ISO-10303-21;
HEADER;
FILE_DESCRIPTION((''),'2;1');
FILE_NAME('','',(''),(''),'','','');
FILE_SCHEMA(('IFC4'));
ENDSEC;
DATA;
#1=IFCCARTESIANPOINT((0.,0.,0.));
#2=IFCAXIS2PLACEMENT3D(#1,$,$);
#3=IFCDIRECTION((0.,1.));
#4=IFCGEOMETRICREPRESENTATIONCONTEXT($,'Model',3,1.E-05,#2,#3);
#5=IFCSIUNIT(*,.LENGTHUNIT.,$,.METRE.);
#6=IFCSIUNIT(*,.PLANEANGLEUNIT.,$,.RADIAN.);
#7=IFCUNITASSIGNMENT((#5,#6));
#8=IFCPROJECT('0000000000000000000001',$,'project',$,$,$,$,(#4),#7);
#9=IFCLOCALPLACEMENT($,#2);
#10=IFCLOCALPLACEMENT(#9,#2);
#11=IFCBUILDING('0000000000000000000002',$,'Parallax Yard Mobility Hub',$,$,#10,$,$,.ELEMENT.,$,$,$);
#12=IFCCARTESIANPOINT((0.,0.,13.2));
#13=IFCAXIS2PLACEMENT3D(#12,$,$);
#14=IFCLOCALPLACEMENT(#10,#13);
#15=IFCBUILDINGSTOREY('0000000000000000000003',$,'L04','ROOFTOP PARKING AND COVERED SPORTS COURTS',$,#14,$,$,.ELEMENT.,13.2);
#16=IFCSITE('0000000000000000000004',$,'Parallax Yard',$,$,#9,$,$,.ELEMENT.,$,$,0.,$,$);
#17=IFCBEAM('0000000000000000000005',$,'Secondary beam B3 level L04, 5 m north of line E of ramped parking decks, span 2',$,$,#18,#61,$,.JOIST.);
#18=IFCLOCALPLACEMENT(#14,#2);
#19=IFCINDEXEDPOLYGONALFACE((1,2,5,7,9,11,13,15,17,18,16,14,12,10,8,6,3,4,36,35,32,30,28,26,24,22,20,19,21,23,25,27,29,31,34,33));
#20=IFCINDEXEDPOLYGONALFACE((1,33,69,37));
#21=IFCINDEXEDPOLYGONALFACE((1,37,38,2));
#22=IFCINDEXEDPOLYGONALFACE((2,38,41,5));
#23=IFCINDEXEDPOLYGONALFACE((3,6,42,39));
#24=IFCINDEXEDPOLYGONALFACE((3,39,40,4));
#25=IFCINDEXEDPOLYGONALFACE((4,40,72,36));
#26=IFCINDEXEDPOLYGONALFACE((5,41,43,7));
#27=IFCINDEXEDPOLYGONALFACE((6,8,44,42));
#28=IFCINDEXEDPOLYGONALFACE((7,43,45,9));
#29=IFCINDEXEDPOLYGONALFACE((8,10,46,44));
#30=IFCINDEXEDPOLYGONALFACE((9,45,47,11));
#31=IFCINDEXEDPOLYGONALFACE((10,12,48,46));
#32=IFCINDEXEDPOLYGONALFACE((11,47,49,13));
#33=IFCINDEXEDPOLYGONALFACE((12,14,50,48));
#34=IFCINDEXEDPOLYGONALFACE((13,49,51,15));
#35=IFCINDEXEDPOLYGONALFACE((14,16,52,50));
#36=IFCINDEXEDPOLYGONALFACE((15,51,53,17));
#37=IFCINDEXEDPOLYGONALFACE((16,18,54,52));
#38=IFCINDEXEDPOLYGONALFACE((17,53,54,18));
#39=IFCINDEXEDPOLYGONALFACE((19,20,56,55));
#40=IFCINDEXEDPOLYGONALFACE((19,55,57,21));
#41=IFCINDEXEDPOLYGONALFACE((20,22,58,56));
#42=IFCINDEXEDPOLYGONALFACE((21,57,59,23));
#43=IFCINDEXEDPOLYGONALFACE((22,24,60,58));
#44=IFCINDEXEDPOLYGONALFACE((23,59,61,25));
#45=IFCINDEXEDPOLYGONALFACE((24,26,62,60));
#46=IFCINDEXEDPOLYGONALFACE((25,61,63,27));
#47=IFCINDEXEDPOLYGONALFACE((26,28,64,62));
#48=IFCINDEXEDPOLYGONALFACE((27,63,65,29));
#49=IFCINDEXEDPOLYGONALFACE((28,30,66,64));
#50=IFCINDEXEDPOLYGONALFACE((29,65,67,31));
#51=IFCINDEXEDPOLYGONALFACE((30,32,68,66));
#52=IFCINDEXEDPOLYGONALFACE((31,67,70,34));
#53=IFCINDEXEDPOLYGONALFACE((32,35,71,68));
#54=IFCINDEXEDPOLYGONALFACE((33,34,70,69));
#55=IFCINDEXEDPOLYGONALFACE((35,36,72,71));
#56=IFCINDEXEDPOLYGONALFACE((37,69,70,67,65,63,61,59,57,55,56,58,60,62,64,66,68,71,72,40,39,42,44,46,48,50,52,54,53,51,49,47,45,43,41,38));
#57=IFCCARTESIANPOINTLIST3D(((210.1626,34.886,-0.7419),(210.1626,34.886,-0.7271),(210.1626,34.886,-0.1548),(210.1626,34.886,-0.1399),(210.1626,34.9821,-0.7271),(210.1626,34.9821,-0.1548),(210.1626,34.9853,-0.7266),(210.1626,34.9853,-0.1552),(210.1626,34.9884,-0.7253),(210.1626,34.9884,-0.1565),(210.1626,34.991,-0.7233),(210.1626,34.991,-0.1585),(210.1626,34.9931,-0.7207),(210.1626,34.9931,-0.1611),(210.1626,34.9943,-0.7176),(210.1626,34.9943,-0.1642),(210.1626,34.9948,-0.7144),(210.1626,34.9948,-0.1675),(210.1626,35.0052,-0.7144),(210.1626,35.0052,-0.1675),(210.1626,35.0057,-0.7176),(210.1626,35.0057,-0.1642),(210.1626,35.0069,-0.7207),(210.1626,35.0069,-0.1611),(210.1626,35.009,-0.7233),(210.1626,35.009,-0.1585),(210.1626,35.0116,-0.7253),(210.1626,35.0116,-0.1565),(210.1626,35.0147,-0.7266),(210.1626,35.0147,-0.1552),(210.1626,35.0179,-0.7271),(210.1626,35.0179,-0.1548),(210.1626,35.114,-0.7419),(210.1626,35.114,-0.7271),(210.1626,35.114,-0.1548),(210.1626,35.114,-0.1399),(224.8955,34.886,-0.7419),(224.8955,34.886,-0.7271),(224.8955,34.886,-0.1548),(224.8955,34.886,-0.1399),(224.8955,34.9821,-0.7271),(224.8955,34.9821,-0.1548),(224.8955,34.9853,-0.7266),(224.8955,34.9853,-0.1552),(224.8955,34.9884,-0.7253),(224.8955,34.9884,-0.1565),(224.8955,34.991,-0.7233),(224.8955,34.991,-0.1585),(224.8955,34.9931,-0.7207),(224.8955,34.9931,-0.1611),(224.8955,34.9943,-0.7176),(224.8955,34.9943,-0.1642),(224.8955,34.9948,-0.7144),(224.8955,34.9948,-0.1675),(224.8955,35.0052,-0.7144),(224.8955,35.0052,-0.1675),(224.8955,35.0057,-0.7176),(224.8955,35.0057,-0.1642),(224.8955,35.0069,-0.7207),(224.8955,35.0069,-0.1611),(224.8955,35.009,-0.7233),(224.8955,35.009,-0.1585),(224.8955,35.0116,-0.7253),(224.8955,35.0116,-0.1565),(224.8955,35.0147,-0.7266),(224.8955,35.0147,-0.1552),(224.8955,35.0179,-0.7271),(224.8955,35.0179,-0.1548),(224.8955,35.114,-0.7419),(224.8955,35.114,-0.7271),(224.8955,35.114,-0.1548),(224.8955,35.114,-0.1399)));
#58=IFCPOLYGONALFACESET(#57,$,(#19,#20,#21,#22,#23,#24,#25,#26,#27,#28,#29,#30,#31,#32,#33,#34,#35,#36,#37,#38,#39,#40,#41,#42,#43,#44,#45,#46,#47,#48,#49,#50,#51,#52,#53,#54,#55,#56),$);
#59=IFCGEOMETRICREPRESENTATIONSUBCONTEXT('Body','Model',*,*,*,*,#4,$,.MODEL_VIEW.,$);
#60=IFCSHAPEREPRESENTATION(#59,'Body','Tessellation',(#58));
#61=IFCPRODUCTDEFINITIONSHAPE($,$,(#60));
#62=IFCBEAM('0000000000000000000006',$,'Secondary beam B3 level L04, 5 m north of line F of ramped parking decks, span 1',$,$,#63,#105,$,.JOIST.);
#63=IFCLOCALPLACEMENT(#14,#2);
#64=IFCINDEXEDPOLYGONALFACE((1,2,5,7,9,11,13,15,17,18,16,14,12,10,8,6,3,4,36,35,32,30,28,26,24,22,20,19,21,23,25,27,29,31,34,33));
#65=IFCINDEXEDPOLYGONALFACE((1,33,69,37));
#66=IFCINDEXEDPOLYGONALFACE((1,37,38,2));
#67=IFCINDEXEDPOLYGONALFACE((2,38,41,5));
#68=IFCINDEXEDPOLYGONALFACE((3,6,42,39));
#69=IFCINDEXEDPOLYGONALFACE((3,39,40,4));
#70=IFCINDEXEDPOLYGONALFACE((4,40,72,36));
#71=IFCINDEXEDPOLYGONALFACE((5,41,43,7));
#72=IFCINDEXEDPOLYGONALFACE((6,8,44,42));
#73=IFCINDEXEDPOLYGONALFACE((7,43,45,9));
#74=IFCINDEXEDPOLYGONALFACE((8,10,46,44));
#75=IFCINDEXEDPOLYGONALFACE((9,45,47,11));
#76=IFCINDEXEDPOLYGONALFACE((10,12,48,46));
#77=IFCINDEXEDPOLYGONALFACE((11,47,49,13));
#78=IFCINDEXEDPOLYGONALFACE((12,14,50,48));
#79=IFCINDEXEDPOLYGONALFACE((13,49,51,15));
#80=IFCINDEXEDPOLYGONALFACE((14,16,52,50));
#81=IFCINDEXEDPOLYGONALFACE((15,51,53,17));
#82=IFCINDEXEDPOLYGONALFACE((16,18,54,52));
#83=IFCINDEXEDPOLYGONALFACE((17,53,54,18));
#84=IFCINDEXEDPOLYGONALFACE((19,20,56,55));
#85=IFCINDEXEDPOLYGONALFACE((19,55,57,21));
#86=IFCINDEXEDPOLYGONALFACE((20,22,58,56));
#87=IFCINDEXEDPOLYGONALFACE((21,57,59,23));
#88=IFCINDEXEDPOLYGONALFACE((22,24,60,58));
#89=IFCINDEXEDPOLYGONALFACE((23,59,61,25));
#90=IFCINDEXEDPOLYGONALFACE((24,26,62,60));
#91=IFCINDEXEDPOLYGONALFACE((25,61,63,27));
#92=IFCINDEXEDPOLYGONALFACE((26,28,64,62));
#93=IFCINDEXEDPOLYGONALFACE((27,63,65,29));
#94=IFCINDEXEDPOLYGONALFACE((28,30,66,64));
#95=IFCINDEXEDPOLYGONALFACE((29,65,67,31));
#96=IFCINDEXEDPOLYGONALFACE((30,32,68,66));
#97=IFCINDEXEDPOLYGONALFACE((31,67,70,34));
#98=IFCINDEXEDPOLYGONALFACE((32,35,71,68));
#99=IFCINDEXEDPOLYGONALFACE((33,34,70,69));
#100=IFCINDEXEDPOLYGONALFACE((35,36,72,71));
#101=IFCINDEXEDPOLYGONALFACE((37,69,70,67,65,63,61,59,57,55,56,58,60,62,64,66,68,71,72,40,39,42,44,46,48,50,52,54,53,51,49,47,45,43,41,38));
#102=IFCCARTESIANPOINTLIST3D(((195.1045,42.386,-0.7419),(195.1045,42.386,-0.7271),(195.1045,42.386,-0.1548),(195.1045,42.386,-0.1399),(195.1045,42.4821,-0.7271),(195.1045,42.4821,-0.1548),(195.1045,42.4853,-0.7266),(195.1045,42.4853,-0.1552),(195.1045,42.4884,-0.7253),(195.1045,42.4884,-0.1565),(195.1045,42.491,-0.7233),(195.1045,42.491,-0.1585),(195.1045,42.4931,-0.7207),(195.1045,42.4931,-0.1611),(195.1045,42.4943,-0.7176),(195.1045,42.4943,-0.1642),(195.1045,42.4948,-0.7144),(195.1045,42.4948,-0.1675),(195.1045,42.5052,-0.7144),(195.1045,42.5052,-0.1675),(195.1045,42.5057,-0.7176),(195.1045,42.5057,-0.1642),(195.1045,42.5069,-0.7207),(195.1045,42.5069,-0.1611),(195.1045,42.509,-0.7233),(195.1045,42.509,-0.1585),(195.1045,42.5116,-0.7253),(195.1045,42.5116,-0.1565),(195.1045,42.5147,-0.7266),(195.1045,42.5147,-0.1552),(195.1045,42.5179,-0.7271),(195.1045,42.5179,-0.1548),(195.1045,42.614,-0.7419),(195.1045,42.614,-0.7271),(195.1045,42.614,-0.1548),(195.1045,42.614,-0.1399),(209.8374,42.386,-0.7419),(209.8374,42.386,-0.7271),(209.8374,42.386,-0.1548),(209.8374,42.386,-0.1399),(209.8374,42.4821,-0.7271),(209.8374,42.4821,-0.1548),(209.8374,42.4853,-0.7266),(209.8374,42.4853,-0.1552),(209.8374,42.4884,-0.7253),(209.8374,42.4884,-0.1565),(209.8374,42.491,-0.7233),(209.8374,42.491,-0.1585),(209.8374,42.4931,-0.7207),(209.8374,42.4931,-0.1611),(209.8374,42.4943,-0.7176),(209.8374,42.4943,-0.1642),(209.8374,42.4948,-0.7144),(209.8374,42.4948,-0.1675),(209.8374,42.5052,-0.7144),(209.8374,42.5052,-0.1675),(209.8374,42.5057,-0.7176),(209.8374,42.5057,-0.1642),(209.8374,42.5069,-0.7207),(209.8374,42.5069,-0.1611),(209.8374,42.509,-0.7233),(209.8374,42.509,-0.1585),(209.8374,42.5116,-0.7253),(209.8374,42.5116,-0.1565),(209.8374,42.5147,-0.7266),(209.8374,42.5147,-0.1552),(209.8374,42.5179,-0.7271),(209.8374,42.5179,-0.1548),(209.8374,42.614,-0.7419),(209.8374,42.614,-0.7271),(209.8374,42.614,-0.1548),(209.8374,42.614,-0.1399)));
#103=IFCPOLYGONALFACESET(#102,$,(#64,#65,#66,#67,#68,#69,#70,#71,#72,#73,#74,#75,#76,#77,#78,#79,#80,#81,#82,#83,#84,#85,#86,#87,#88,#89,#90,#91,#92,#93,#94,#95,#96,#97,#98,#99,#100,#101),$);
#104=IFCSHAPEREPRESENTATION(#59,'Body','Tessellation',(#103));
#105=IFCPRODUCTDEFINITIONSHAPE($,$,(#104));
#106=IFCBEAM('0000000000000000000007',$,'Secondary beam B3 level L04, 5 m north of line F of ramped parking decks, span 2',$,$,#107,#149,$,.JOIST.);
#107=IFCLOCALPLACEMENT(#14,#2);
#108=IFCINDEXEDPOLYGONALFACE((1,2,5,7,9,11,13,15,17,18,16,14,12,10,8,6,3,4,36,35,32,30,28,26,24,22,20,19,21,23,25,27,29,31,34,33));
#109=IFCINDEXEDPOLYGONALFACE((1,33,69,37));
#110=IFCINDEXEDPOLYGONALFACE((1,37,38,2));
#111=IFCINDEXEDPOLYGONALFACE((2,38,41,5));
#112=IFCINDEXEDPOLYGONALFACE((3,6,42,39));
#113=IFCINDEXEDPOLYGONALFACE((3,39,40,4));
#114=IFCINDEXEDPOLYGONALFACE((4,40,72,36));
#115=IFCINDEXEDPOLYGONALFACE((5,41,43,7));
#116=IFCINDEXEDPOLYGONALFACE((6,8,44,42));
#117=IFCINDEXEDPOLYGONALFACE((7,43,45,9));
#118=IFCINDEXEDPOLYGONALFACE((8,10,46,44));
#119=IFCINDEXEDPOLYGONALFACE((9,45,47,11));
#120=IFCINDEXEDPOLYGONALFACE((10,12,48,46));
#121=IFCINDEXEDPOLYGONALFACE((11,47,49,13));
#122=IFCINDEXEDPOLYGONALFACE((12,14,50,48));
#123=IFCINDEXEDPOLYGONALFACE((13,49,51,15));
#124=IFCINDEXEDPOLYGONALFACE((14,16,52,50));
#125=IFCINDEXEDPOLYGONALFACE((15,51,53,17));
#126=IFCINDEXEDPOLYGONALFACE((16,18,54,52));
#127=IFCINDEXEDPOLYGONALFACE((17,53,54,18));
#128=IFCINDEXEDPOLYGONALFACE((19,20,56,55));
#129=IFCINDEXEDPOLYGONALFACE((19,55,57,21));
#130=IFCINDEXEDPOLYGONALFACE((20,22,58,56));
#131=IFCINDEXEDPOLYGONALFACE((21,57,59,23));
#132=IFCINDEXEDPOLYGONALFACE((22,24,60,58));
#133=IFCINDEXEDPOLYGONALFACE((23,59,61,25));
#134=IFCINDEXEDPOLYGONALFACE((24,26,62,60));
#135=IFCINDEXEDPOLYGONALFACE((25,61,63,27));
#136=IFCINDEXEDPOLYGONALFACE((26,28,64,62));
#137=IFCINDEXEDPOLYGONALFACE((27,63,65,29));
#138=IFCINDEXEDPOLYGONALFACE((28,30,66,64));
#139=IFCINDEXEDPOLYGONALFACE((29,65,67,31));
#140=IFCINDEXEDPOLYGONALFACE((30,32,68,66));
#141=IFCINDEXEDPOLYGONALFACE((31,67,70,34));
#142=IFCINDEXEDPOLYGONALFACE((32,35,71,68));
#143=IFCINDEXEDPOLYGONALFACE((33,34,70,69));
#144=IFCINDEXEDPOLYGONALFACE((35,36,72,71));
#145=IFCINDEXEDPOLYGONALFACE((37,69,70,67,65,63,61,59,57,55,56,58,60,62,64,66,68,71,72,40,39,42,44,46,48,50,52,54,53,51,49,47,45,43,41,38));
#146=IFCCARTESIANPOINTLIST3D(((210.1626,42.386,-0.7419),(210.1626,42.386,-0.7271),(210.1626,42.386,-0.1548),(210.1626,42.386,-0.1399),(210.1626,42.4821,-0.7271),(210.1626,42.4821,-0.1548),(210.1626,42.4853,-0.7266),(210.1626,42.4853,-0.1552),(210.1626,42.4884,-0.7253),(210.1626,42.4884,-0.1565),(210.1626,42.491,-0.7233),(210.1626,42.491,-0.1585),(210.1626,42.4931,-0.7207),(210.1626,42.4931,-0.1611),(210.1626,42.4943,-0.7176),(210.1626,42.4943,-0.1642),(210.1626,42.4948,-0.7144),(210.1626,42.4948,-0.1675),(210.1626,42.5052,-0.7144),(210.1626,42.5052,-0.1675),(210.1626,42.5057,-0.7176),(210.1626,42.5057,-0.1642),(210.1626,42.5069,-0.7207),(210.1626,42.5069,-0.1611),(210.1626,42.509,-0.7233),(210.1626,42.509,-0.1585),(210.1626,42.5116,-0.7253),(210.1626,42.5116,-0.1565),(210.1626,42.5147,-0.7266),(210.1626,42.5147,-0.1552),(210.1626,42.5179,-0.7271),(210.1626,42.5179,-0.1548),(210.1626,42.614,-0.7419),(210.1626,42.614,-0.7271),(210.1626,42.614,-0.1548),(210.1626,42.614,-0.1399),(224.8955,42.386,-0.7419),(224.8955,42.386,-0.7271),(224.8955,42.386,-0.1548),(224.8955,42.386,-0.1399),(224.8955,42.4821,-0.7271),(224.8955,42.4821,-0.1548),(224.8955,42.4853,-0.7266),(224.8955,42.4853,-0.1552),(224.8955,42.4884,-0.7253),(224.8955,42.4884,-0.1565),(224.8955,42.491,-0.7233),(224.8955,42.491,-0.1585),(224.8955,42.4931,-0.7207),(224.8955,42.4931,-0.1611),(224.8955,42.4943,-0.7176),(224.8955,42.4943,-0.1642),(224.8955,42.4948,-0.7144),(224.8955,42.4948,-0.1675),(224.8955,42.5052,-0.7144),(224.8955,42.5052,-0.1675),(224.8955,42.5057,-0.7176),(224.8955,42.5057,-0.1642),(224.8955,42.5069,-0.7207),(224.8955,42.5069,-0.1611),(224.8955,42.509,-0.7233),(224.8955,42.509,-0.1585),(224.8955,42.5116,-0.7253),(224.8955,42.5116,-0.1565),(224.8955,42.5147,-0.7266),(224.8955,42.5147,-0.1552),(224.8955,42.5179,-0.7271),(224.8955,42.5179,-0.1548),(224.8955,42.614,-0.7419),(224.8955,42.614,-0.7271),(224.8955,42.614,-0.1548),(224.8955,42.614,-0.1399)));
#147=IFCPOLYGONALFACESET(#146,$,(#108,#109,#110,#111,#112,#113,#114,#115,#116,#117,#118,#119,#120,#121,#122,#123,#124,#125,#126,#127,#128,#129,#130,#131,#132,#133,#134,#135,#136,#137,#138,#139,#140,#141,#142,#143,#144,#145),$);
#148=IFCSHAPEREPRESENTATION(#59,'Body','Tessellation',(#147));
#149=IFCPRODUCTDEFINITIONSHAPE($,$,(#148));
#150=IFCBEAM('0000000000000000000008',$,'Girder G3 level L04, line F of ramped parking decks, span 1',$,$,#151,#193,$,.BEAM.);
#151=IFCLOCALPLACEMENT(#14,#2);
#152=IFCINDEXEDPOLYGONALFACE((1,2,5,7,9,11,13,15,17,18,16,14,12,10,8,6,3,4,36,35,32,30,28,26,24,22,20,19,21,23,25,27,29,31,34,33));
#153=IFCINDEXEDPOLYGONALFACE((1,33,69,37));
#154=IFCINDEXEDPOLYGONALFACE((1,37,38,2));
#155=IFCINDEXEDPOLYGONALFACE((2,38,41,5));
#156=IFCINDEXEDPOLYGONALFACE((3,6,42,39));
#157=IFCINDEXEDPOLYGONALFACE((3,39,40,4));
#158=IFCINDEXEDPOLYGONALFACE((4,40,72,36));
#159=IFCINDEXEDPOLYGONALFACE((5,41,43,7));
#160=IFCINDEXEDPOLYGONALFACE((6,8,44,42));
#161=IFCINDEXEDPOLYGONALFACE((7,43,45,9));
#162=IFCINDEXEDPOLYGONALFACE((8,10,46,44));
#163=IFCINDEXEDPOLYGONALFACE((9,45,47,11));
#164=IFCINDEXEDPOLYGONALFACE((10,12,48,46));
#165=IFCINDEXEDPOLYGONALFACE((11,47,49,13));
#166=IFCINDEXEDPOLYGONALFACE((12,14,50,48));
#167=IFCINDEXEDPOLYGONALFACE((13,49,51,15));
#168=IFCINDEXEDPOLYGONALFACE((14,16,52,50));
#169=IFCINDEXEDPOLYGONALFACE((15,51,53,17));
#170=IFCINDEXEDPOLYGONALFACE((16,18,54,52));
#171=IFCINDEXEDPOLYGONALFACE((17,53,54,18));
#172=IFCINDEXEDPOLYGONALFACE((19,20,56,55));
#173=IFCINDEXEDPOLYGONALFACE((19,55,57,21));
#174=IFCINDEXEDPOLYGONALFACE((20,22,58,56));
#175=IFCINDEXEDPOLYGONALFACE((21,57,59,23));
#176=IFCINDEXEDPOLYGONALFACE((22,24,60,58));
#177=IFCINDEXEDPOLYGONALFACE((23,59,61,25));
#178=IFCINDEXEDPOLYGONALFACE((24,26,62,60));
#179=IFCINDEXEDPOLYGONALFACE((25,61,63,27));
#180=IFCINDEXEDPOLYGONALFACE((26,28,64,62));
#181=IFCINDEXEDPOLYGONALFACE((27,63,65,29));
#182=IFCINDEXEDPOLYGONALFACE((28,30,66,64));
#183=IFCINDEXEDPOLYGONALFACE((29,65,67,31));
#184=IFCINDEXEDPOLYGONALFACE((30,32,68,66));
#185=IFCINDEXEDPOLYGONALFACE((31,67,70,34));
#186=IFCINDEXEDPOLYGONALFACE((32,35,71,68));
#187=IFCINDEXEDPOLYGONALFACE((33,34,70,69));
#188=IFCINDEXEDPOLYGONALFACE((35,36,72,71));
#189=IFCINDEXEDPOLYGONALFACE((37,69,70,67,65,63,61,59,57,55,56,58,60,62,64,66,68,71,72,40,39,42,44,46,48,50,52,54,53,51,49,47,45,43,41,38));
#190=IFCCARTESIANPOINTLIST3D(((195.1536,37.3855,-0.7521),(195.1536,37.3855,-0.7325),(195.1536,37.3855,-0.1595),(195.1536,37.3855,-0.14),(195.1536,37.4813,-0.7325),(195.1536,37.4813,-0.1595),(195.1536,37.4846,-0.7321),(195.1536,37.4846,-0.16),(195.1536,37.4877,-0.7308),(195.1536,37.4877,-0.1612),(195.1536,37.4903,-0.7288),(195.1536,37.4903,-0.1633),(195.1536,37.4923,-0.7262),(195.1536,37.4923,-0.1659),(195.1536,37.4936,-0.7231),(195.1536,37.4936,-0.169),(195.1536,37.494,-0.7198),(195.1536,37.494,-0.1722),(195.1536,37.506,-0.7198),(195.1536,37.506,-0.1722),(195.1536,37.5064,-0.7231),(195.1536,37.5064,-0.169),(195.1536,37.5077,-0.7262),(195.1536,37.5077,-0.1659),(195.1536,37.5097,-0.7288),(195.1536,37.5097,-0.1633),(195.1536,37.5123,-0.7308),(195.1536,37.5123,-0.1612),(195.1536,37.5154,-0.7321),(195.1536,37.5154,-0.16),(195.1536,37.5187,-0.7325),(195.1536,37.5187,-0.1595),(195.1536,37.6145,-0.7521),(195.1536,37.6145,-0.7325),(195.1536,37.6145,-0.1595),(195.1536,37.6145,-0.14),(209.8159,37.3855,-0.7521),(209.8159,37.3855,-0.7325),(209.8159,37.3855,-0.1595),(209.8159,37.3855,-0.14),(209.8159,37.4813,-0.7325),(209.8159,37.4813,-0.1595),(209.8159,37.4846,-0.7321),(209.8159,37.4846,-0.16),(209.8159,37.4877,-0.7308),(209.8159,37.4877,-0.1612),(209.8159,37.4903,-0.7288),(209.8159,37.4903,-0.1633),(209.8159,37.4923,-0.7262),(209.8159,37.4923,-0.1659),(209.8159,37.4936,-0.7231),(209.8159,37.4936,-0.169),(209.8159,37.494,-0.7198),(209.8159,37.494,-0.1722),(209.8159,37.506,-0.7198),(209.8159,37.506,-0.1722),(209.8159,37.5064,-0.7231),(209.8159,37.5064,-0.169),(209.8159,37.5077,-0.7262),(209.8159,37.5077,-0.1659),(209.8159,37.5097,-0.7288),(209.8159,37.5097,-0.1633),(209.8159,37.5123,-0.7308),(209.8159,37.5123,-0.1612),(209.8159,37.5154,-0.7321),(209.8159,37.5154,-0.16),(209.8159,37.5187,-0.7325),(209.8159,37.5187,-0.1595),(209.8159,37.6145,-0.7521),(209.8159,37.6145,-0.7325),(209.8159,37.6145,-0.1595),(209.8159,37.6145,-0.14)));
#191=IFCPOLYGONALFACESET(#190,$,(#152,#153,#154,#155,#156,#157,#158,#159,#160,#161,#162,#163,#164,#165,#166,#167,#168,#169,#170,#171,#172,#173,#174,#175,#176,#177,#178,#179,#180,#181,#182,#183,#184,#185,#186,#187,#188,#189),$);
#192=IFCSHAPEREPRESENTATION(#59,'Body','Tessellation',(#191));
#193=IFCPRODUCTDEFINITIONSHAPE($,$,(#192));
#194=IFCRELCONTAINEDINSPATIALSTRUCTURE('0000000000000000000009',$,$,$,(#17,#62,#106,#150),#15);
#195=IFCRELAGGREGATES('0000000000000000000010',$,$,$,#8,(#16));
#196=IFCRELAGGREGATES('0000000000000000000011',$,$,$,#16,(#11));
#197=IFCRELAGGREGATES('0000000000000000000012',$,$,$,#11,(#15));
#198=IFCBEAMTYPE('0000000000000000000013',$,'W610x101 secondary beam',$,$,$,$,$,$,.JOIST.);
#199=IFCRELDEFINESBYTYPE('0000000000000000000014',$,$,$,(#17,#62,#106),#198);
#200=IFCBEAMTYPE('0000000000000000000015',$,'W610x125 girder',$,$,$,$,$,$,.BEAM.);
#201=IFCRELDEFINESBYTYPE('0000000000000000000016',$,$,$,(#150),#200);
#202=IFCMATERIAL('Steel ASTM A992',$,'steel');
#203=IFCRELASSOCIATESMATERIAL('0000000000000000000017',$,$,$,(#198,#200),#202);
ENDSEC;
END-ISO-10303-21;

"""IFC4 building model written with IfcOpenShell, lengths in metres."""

from ifc_helpers import new_model, si_unit, direction, frame, origin, origin_2d, place, context, subcontext, project, spatial, i_section, extrude, material, material_profile, profile_set, type_object, element, save


model = new_model("IFC4")

# Units and contexts
model_context = context("Model", 3, precision=1e-05, world=origin(), true_north=direction((0.0, 1.0)))
body_context = subcontext(model_context, "Body", "Model", "MODEL_VIEW")
ifc_project = project(units=[si_unit("LENGTHUNIT", "METRE"), si_unit("PLANEANGLEUNIT", "RADIAN")], contexts=[model_context])

# Site, building, storey
site_placement = place(None, origin())
site = spatial("IfcSite", under=ifc_project, at=site_placement, Name="Parallax Yard", CompositionType="ELEMENT", RefElevation=0.0)
building_placement = place(site_placement, origin())
building = spatial("IfcBuilding", under=site, at=building_placement, Name="Parallax Yard Mobility Hub", CompositionType="ELEMENT")
storey_placement = place(building_placement, frame((0.0, 0.0, 13.2)))
storey = spatial("IfcBuildingStorey", under=building, at=storey_placement, Name="L04", Description="ROOFTOP PARKING AND COVERED SPORTS COURTS", CompositionType="ELEMENT", Elevation=13.2)

# Shared definitions
ifc_material_1 = material(Name="Steel ASTM A992", Category="steel")

# Beams
ifc_material_profile_1 = material_profile(ifc_material_1, i_section(OverallWidth=0.228, OverallDepth=0.6021, WebThickness=0.0105, FlangeThickness=0.0149, FilletRadius=0.0127, at=origin_2d()), Name="W610x101")
ifc_profile_set_1 = profile_set([ifc_material_profile_1], Name="Steel ASTM A992")
beam_type_1 = type_object("IfcBeamType", Name="W610x101 secondary beam", PredefinedType="JOIST", material=ifc_profile_set_1)
for number, where, z_axis, x_axis, name in (
    (1, (210.1626, 35.0, -0.4409), (1.0, 0.0, 0.0), (0.0, 1.0, 0.0), "Secondary beam B3 level L04, 5 m north of line E of ramped parking decks, span 2"),
    (2, (195.1045, 42.5, -0.4409), (1.0, 0.0, 0.0), (0.0, 1.0, 0.0), "Secondary beam B3 level L04, 5 m north of line F of ramped parking decks, span 1"),
    (3, (210.1626, 42.5, -0.4409), (1.0, 0.0, 0.0), (0.0, 1.0, 0.0), "Secondary beam B3 level L04, 5 m north of line F of ramped parking decks, span 2"),
):
    element("IfcBeam", number, at=place(storey_placement, frame(where, z_axis=z_axis, x_axis=x_axis)), inside=storey, type_object=beam_type_1, Name=name, PredefinedType="JOIST", context=body_context, shape_type="SweptSolid", body=[
        extrude(i_section(OverallWidth=0.228, OverallDepth=0.6021, WebThickness=0.0105, FlangeThickness=0.0149, FilletRadius=0.0127, at=origin_2d()), origin(), (0.0, 0.0, 1.0), 14.7329),
    ])
ifc_material_profile_2 = material_profile(ifc_material_1, i_section(OverallWidth=0.229, OverallDepth=0.6121, WebThickness=0.012, FlangeThickness=0.0195, FilletRadius=0.0127, at=origin_2d()), Name="W610x125")
ifc_profile_set_2 = profile_set([ifc_material_profile_2], Name="Steel ASTM A992")
beam_type_2 = type_object("IfcBeamType", Name="W610x125 girder", PredefinedType="BEAM", material=ifc_profile_set_2)
for number, where, z_axis, x_axis, name in (
    (4, (195.1536, 37.5, -0.446), (1.0, 0.0, 0.0), (0.0, 1.0, 0.0), "Girder G3 level L04, line F of ramped parking decks, span 1"),
):
    element("IfcBeam", number, at=place(storey_placement, frame(where, z_axis=z_axis, x_axis=x_axis)), inside=storey, type_object=beam_type_2, Name=name, PredefinedType="BEAM", context=body_context, shape_type="SweptSolid", body=[
        extrude(i_section(OverallWidth=0.229, OverallDepth=0.6121, WebThickness=0.012, FlangeThickness=0.0195, FilletRadius=0.0127, at=origin_2d()), origin(), (0.0, 0.0, 1.0), 14.6624),
    ])

save(model, "model.ifc")
